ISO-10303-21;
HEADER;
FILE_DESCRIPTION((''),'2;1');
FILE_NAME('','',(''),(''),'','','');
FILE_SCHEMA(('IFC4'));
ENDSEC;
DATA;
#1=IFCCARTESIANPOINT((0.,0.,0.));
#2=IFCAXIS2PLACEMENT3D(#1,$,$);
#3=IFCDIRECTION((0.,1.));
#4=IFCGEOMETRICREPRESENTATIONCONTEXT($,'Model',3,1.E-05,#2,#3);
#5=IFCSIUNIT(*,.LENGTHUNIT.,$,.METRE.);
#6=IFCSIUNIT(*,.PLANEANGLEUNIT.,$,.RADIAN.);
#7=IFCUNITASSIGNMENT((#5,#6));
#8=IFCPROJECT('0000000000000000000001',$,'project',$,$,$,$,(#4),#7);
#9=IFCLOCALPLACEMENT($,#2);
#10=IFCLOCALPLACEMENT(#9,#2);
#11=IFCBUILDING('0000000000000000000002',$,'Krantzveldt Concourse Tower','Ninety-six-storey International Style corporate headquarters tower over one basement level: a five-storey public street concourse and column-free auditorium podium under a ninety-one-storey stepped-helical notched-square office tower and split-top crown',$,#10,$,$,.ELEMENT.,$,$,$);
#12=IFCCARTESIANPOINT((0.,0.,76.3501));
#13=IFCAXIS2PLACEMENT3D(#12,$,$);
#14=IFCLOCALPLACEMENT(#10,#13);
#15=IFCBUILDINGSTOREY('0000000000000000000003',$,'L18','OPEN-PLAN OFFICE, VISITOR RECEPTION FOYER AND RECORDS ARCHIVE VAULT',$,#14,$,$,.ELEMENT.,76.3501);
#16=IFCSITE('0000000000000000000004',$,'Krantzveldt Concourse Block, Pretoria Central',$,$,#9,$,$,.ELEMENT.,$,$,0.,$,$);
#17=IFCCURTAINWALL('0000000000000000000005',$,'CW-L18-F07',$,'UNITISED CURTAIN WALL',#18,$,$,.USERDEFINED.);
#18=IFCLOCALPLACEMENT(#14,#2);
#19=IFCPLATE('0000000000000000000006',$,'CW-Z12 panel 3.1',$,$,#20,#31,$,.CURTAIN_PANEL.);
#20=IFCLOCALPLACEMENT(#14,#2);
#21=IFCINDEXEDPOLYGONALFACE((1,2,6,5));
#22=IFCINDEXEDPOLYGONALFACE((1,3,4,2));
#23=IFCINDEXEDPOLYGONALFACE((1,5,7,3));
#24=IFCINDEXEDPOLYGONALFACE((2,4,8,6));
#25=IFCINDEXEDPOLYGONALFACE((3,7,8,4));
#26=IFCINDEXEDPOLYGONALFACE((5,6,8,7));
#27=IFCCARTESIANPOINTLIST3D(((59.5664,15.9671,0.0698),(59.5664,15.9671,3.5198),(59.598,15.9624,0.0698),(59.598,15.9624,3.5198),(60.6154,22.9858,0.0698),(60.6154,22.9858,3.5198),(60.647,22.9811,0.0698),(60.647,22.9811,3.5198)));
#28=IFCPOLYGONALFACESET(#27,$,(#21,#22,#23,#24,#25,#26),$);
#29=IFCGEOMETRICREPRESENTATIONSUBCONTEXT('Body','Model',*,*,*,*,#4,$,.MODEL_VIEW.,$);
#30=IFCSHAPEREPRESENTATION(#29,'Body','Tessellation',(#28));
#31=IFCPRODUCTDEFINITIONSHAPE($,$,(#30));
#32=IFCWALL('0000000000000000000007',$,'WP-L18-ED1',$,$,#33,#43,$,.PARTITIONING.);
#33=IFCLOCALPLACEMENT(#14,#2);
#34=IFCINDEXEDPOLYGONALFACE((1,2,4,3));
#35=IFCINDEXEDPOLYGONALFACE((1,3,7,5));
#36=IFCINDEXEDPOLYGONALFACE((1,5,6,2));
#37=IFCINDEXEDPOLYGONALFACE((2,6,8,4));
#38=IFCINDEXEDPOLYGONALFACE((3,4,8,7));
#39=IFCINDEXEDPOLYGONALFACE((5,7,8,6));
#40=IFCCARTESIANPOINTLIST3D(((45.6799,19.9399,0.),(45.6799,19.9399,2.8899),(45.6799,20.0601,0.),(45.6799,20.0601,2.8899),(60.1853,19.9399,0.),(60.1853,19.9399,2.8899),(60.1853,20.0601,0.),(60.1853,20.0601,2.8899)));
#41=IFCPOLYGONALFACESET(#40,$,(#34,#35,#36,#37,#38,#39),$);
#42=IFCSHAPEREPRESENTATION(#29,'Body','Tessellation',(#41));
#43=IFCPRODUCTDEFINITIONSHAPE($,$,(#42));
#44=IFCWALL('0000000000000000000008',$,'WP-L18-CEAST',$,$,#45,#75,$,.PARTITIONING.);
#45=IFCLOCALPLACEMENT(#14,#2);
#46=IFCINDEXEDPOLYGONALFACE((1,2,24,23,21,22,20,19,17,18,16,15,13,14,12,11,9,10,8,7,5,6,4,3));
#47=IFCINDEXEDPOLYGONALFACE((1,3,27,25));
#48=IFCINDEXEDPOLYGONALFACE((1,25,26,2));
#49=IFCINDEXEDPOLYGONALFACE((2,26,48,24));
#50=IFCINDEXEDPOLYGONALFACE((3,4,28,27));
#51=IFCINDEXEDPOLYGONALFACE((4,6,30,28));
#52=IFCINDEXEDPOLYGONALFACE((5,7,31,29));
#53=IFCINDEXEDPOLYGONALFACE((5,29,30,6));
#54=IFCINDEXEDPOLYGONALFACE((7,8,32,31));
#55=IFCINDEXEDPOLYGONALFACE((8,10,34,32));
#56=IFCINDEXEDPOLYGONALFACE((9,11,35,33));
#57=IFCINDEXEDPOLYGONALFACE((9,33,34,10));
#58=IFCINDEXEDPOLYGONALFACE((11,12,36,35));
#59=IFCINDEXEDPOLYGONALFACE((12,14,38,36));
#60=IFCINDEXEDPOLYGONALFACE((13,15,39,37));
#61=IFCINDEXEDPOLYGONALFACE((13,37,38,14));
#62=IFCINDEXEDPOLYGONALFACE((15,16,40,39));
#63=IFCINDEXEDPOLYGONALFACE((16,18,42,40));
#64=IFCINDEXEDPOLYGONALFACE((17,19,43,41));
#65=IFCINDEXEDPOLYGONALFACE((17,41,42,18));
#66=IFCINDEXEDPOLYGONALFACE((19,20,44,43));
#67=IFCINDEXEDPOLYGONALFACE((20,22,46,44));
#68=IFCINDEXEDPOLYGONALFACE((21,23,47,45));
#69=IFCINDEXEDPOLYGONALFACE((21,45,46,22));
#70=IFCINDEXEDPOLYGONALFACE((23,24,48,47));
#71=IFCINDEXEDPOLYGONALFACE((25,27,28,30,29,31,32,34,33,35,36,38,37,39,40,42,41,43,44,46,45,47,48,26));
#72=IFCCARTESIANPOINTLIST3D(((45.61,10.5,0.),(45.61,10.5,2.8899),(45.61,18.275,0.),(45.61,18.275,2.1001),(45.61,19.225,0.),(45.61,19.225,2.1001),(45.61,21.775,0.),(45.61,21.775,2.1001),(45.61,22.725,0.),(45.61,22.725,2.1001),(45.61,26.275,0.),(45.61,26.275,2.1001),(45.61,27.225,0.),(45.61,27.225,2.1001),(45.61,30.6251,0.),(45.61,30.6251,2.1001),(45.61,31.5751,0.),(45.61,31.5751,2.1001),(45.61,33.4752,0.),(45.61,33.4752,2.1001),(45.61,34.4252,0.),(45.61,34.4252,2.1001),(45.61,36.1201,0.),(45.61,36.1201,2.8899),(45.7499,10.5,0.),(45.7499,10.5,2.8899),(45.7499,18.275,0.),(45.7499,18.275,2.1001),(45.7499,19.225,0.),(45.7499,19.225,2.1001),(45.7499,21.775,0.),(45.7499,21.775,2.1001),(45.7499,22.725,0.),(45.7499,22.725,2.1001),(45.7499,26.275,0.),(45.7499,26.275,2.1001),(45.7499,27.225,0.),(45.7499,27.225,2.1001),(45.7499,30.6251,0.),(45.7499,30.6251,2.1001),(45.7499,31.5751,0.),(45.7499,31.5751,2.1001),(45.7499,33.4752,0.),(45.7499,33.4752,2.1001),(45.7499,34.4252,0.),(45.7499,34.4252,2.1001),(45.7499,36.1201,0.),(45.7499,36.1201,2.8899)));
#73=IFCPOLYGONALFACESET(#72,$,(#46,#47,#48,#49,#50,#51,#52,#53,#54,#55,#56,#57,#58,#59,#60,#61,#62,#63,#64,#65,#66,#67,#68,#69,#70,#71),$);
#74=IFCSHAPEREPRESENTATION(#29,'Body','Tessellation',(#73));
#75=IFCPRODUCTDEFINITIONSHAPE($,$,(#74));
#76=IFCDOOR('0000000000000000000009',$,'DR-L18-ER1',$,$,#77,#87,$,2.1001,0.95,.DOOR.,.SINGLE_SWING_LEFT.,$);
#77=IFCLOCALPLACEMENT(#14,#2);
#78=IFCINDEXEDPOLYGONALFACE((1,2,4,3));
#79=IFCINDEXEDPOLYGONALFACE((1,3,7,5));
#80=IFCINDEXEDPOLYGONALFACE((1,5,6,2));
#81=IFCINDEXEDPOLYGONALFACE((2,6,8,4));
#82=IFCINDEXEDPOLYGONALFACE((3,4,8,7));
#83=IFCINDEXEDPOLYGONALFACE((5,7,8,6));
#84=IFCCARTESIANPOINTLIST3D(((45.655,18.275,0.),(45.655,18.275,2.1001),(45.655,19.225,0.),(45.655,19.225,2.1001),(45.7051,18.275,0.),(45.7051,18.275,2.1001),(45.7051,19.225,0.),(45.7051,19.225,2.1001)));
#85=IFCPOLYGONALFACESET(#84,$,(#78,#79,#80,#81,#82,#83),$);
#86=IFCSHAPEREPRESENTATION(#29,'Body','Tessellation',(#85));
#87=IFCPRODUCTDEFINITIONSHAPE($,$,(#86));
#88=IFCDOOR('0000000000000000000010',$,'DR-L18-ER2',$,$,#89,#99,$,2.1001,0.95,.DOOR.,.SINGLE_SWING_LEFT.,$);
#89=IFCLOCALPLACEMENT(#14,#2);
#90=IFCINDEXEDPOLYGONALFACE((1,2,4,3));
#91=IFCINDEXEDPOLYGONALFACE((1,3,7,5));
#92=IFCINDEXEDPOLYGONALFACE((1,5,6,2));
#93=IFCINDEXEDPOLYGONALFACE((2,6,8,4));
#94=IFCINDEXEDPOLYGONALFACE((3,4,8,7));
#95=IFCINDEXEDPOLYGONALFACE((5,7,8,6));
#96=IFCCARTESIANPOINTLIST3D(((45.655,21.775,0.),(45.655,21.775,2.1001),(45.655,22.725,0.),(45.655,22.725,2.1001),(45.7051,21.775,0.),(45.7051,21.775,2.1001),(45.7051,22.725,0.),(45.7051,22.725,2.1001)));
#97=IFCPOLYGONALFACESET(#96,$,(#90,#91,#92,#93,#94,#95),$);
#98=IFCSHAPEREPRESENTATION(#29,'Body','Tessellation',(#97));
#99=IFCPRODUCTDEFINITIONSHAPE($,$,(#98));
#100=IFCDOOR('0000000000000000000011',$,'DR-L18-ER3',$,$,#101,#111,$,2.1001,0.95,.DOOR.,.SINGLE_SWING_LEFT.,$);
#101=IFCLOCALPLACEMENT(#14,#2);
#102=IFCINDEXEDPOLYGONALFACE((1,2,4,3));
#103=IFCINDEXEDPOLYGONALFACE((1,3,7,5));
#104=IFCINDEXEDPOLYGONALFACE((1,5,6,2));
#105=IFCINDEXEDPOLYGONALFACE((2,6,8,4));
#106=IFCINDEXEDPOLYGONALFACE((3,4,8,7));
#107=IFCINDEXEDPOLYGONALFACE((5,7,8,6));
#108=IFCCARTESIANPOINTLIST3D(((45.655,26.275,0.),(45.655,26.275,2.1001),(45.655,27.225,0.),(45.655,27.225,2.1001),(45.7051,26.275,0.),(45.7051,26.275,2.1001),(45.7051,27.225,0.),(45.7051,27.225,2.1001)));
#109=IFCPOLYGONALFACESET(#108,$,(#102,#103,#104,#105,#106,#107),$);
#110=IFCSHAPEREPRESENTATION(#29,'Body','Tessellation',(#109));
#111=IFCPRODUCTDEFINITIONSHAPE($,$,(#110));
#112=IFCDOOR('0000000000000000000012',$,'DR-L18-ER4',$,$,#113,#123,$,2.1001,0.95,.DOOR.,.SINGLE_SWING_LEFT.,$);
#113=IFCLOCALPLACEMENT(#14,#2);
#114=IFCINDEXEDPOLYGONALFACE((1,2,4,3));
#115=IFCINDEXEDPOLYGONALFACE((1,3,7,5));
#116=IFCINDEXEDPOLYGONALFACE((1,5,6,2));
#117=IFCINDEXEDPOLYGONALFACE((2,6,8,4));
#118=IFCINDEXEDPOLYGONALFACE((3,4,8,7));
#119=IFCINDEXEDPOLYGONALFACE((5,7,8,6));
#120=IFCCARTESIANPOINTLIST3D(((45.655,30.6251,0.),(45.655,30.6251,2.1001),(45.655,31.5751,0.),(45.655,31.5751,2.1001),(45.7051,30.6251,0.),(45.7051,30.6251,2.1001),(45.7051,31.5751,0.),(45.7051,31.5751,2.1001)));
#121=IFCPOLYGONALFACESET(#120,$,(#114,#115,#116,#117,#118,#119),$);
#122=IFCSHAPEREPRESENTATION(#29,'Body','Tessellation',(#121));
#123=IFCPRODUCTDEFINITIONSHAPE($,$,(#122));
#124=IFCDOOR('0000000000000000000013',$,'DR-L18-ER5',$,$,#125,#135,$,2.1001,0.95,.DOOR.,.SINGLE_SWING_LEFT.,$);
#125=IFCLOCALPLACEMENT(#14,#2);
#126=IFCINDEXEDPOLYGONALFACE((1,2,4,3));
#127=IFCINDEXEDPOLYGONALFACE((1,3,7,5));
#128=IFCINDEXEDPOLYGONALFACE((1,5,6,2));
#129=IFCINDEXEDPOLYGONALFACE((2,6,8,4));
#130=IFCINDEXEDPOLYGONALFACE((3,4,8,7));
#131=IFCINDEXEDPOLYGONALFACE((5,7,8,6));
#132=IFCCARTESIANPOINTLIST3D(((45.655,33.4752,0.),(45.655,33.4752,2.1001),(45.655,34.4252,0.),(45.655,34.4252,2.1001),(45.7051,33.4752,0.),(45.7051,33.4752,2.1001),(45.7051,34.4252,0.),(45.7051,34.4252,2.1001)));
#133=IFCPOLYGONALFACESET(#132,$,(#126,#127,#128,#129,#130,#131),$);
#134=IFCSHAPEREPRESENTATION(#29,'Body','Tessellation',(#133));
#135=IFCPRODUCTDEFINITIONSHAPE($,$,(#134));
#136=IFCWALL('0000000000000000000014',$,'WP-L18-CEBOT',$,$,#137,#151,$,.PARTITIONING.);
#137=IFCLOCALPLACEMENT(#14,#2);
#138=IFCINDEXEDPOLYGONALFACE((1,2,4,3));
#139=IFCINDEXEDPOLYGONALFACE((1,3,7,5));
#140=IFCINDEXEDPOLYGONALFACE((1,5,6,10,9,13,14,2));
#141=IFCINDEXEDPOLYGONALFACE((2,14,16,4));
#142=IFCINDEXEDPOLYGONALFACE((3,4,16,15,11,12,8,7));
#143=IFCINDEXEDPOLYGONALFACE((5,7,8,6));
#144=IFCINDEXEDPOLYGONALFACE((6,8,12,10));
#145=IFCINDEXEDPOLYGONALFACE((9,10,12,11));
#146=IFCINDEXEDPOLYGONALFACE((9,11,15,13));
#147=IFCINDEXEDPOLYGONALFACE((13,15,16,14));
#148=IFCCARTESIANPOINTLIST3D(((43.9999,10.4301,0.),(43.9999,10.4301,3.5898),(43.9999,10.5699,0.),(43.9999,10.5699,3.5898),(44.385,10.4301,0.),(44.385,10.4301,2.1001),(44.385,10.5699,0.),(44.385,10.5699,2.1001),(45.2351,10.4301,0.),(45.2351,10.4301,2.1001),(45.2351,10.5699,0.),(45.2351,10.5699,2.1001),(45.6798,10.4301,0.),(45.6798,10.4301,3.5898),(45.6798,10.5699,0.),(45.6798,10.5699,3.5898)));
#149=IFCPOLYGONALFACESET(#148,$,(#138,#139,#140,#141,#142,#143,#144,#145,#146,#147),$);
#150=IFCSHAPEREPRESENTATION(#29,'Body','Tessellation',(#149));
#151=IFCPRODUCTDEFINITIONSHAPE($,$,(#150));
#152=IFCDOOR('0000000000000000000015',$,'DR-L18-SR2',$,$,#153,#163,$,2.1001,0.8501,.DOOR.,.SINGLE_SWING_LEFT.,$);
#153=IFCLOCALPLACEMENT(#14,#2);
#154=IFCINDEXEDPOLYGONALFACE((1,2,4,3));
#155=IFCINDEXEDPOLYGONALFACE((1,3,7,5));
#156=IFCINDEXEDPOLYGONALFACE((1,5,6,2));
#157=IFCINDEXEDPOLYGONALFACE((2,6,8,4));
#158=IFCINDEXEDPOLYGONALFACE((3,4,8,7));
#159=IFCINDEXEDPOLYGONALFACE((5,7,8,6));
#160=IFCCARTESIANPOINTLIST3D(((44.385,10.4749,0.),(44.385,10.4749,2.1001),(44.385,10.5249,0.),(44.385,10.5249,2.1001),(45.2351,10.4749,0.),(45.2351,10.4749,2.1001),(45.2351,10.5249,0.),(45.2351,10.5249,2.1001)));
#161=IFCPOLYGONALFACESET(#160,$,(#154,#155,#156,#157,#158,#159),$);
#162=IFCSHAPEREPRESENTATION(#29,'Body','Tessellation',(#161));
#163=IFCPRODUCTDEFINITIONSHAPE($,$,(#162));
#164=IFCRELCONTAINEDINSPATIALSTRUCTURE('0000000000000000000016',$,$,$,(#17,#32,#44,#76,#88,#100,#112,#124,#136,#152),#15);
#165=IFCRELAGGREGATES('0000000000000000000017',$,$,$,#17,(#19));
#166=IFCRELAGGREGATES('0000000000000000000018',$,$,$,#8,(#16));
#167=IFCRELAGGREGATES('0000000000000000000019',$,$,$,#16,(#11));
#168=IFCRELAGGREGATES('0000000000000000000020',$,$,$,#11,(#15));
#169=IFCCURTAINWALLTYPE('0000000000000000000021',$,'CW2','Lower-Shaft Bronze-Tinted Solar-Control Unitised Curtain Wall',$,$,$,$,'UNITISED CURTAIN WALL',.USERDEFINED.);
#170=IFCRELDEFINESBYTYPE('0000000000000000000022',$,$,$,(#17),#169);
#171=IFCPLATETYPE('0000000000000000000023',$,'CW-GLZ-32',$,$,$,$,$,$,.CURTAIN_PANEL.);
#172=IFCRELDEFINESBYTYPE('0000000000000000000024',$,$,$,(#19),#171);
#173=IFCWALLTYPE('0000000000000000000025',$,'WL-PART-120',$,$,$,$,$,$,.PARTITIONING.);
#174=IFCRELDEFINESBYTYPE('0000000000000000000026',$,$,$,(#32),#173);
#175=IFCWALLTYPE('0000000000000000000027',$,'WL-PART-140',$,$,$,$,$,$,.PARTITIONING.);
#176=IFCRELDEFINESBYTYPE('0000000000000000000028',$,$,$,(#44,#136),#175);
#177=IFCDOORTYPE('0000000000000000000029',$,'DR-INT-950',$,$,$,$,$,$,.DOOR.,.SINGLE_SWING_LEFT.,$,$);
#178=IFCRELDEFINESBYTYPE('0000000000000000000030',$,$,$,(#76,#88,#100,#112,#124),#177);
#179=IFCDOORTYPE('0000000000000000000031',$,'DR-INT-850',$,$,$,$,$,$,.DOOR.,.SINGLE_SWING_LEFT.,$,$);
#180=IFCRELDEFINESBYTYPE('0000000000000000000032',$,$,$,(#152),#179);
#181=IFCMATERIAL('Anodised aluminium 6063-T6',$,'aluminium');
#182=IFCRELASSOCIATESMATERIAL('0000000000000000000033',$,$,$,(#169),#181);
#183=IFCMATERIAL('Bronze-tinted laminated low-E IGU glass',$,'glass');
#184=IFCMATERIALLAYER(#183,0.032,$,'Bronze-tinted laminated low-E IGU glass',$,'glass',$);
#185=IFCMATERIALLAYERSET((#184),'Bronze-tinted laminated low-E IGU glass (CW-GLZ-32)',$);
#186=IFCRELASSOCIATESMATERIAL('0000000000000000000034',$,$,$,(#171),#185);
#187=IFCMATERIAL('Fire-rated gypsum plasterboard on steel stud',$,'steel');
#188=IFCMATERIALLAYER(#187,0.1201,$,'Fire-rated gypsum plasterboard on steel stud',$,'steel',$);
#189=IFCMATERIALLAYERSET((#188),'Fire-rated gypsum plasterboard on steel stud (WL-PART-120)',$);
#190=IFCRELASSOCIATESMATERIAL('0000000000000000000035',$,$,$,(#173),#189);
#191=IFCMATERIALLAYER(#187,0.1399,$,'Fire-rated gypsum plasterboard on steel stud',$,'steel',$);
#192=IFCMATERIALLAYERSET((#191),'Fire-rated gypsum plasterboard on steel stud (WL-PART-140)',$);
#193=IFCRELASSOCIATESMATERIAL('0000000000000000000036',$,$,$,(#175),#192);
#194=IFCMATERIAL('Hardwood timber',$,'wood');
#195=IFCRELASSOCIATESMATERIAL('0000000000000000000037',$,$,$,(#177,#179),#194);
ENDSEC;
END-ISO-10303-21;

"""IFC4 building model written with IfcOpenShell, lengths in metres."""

from ifc_helpers import new_model, si_unit, direction, frame, frame_2d, origin, origin_2d, place, context, subcontext, project, spatial, rectangle, extrude, source, transform, mapped, material, layer, layer_set, type_object, type_shapes, element, fill, aggregate, save


model = new_model("IFC4")

# Units and contexts
model_context = context("Model", 3, precision=1e-05, world=origin(), true_north=direction((0.0, 1.0)))
body_context = subcontext(model_context, "Body", "Model", "MODEL_VIEW")
ifc_project = project(units=[si_unit("LENGTHUNIT", "METRE"), si_unit("PLANEANGLEUNIT", "RADIAN")], contexts=[model_context])

# Site, building, storey
site_placement = place(None, origin())
site = spatial("IfcSite", under=ifc_project, at=site_placement, Name="Krantzveldt Concourse Block, Pretoria Central", CompositionType="ELEMENT", RefElevation=0.0)
building_placement = place(site_placement, origin())
building = spatial("IfcBuilding", under=site, at=building_placement, Name="Krantzveldt Concourse Tower", Description="Ninety-six-storey International Style corporate headquarters tower over one basement level: a five-storey public street concourse and column-free auditorium podium under a ninety-one-storey stepped-helical notched-square office tower and split-top crown", CompositionType="ELEMENT")
storey_placement = place(building_placement, frame((0.0, 0.0, 76.3501)))
storey = spatial("IfcBuildingStorey", under=building, at=storey_placement, Name="L18", Description="OPEN-PLAN OFFICE, VISITOR RECEPTION FOYER AND RECORDS ARCHIVE VAULT", CompositionType="ELEMENT", Elevation=76.3501)

# Curtain wall, plate
ifc_material_1 = material(Name="Anodised aluminium 6063-T6", Category="aluminium")
curtain_wall_type = type_object("IfcCurtainWallType", Name="CW2", Description="Lower-Shaft Bronze-Tinted Solar-Control Unitised Curtain Wall", ElementType="UNITISED CURTAIN WALL", PredefinedType="USERDEFINED", material=ifc_material_1)
curtain_wall_placement = place(storey_placement, origin())
curtain_wall = element("IfcCurtainWall", 1, at=curtain_wall_placement, inside=storey, type_object=curtain_wall_type, Name="CW-L18-F07", ObjectType="UNITISED CURTAIN WALL", PredefinedType="USERDEFINED")
ifc_material_2 = material(Name="Bronze-tinted laminated low-E IGU glass", Category="glass")
ifc_layer_1 = layer(ifc_material_2, 0.032, Name="Bronze-tinted laminated low-E IGU glass", Category="glass")
ifc_layer_set_1 = layer_set([ifc_layer_1], Name="Bronze-tinted laminated low-E IGU glass (CW-GLZ-32)")
plate_type = type_object("IfcPlateType", Name="CW-GLZ-32", PredefinedType="CURTAIN_PANEL", material=ifc_layer_set_1)
shared_shape_1 = source(origin(), body_context, "Body", "SweptSolid", [
    extrude(rectangle(XDim=7.0967, YDim=0.032, at=origin_2d()), origin(), (0.0, 0.0, 1.0), 3.45),
])
type_shapes(plate_type, [shared_shape_1])
plate_1_placement = place(storey_placement, frame((60.1067, 19.4741, 0.0698), z_axis=(0.0, 0.0, 1.0), x_axis=(0.14781, 0.989016, 0.0)))
plate_1 = element("IfcPlate", 2, at=plate_1_placement, type_object=plate_type, Name="CW-Z12 panel 3.1", PredefinedType="CURTAIN_PANEL", context=body_context, shape_type="MappedRepresentation", body=[
    mapped(shared_shape_1, transform((0.0, 0.0, 0.0), x_axis=(1.0, 0.0, 0.0), y_axis=(0.0, 1.0, 0.0), z_axis=(0.0, 0.0, 1.0), scale=1.0)),
])
aggregate(curtain_wall, [plate_1])

# Wall
ifc_material_3 = material(Name="Fire-rated gypsum plasterboard on steel stud", Category="steel")
ifc_layer_2 = layer(ifc_material_3, 0.1201, Name="Fire-rated gypsum plasterboard on steel stud", Category="steel")
ifc_layer_set_2 = layer_set([ifc_layer_2], Name="Fire-rated gypsum plasterboard on steel stud (WL-PART-120)")
wall_type_1 = type_object("IfcWallType", Name="WL-PART-120", PredefinedType="PARTITIONING", material=ifc_layer_set_2)
wall_1_placement = place(storey_placement, frame((45.6799, 20.0, 0.0), z_axis=(0.0, 0.0, 1.0), x_axis=(1.0, 0.0, 0.0)))
element("IfcWall", 3, at=wall_1_placement, inside=storey, type_object=wall_type_1, Name="WP-L18-ED1", PredefinedType="PARTITIONING", context=body_context, shape_type="SweptSolid", body=[
    extrude(rectangle(XDim=14.5054, YDim=0.1201, at=frame_2d((7.2527, 0.0))), origin(), (0.0, 0.0, 1.0), 2.8899),
])

# Wall, openings, doors
ifc_layer_3 = layer(ifc_material_3, 0.1399, Name="Fire-rated gypsum plasterboard on steel stud", Category="steel")
ifc_layer_set_3 = layer_set([ifc_layer_3], Name="Fire-rated gypsum plasterboard on steel stud (WL-PART-140)")
wall_type_2 = type_object("IfcWallType", Name="WL-PART-140", PredefinedType="PARTITIONING", material=ifc_layer_set_3)
wall_2_placement = place(storey_placement, frame((45.6799, 10.5, 0.0), z_axis=(0.0, 0.0, 1.0), x_axis=(0.0, 1.0, 0.0)))
wall_2 = element("IfcWall", 4, at=wall_2_placement, inside=storey, type_object=wall_type_2, Name="WP-L18-CEAST", PredefinedType="PARTITIONING", context=body_context, shape_type="SweptSolid", body=[
    extrude(rectangle(XDim=25.6201, YDim=0.1399, at=frame_2d((12.8101, 0.0))), origin(), (0.0, 0.0, 1.0), 2.8899),
])
opening_1_placement = place(wall_2_placement, frame((7.7749, 0.0, 0.0)))
opening_1 = element("IfcOpeningElement", 5, at=opening_1_placement, cuts=wall_2, PredefinedType="OPENING", context=body_context, shape_type="SweptSolid", body=[
    extrude(rectangle(XDim=0.95, YDim=2.1001, at=frame_2d((0.4751, 1.05))), frame((0.0, 0.0801, 0.0), z_axis=(0.0, -1.0, 0.0), x_axis=(1.0, 0.0, 0.0)), (0.0, 0.0, 1.0), 0.1599),
])
opening_2_placement = place(wall_2_placement, frame((11.2749, 0.0, 0.0)))
opening_2 = element("IfcOpeningElement", 6, at=opening_2_placement, cuts=wall_2, PredefinedType="OPENING", context=body_context, shape_type="SweptSolid", body=[
    extrude(rectangle(XDim=0.95, YDim=2.1001, at=frame_2d((0.4751, 1.05))), frame((0.0, 0.0801, 0.0), z_axis=(0.0, -1.0, 0.0), x_axis=(1.0, 0.0, 0.0)), (0.0, 0.0, 1.0), 0.1599),
])
opening_3_placement = place(wall_2_placement, frame((15.7749, 0.0, 0.0)))
opening_3 = element("IfcOpeningElement", 7, at=opening_3_placement, cuts=wall_2, PredefinedType="OPENING", context=body_context, shape_type="SweptSolid", body=[
    extrude(rectangle(XDim=0.95, YDim=2.1001, at=frame_2d((0.4751, 1.05))), frame((0.0, 0.0801, 0.0), z_axis=(0.0, -1.0, 0.0), x_axis=(1.0, 0.0, 0.0)), (0.0, 0.0, 1.0), 0.1599),
])
opening_4_placement = place(wall_2_placement, frame((20.125, 0.0, 0.0)))
opening_4 = element("IfcOpeningElement", 8, at=opening_4_placement, cuts=wall_2, PredefinedType="OPENING", context=body_context, shape_type="SweptSolid", body=[
    extrude(rectangle(XDim=0.95, YDim=2.1001, at=frame_2d((0.4751, 1.05))), frame((0.0, 0.0801, 0.0), z_axis=(0.0, -1.0, 0.0), x_axis=(1.0, 0.0, 0.0)), (0.0, 0.0, 1.0), 0.1599),
])
opening_5_placement = place(wall_2_placement, frame((22.9751, 0.0, 0.0)))
opening_5 = element("IfcOpeningElement", 9, at=opening_5_placement, cuts=wall_2, PredefinedType="OPENING", context=body_context, shape_type="SweptSolid", body=[
    extrude(rectangle(XDim=0.95, YDim=2.1001, at=frame_2d((0.4751, 1.05))), frame((0.0, 0.0801, 0.0), z_axis=(0.0, -1.0, 0.0), x_axis=(1.0, 0.0, 0.0)), (0.0, 0.0, 1.0), 0.1599),
])
ifc_material_4 = material(Name="Hardwood timber", Category="wood")
door_type_1 = type_object("IfcDoorType", Name="DR-INT-950", OperationType="SINGLE_SWING_LEFT", PredefinedType="DOOR", material=ifc_material_4)
door_1_placement = place(opening_1_placement, origin())
door_1 = element("IfcDoor", 10, at=door_1_placement, inside=storey, type_object=door_type_1, Name="DR-L18-ER1", OperationType="SINGLE_SWING_LEFT", OverallHeight=2.1001, OverallWidth=0.95, PredefinedType="DOOR", context=body_context, shape_type="SweptSolid", body=[
    extrude(rectangle(XDim=0.95, YDim=2.1001, at=frame_2d((0.4751, 1.05))), frame((0.0, 0.0249, 0.0), z_axis=(0.0, -1.0, 0.0), x_axis=(1.0, 0.0, 0.0)), (0.0, 0.0, 1.0), 0.05),
])
fill(opening_1, door_1)
door_2_placement = place(opening_2_placement, origin())
door_2 = element("IfcDoor", 11, at=door_2_placement, inside=storey, type_object=door_type_1, Name="DR-L18-ER2", OperationType="SINGLE_SWING_LEFT", OverallHeight=2.1001, OverallWidth=0.95, PredefinedType="DOOR", context=body_context, shape_type="SweptSolid", body=[
    extrude(rectangle(XDim=0.95, YDim=2.1001, at=frame_2d((0.4751, 1.05))), frame((0.0, 0.0249, 0.0), z_axis=(0.0, -1.0, 0.0), x_axis=(1.0, 0.0, 0.0)), (0.0, 0.0, 1.0), 0.05),
])
fill(opening_2, door_2)
door_3_placement = place(opening_3_placement, origin())
door_3 = element("IfcDoor", 12, at=door_3_placement, inside=storey, type_object=door_type_1, Name="DR-L18-ER3", OperationType="SINGLE_SWING_LEFT", OverallHeight=2.1001, OverallWidth=0.95, PredefinedType="DOOR", context=body_context, shape_type="SweptSolid", body=[
    extrude(rectangle(XDim=0.95, YDim=2.1001, at=frame_2d((0.4751, 1.05))), frame((0.0, 0.0249, 0.0), z_axis=(0.0, -1.0, 0.0), x_axis=(1.0, 0.0, 0.0)), (0.0, 0.0, 1.0), 0.05),
])
fill(opening_3, door_3)
door_4_placement = place(opening_4_placement, origin())
door_4 = element("IfcDoor", 13, at=door_4_placement, inside=storey, type_object=door_type_1, Name="DR-L18-ER4", OperationType="SINGLE_SWING_LEFT", OverallHeight=2.1001, OverallWidth=0.95, PredefinedType="DOOR", context=body_context, shape_type="SweptSolid", body=[
    extrude(rectangle(XDim=0.95, YDim=2.1001, at=frame_2d((0.4751, 1.05))), frame((0.0, 0.0249, 0.0), z_axis=(0.0, -1.0, 0.0), x_axis=(1.0, 0.0, 0.0)), (0.0, 0.0, 1.0), 0.05),
])
fill(opening_4, door_4)
door_5_placement = place(opening_5_placement, origin())
door_5 = element("IfcDoor", 14, at=door_5_placement, inside=storey, type_object=door_type_1, Name="DR-L18-ER5", OperationType="SINGLE_SWING_LEFT", OverallHeight=2.1001, OverallWidth=0.95, PredefinedType="DOOR", context=body_context, shape_type="SweptSolid", body=[
    extrude(rectangle(XDim=0.95, YDim=2.1001, at=frame_2d((0.4751, 1.05))), frame((0.0, 0.0249, 0.0), z_axis=(0.0, -1.0, 0.0), x_axis=(1.0, 0.0, 0.0)), (0.0, 0.0, 1.0), 0.05),
])
fill(opening_5, door_5)

# Wall, opening, door
wall_3_placement = place(storey_placement, frame((44.0, 10.5, 0.0), z_axis=(0.0, 0.0, 1.0), x_axis=(1.0, 0.0, 0.0)))
wall_3 = element("IfcWall", 15, at=wall_3_placement, inside=storey, type_object=wall_type_2, Name="WP-L18-CEBOT", PredefinedType="PARTITIONING", context=body_context, shape_type="SweptSolid", body=[
    extrude(rectangle(XDim=1.6799, YDim=0.1399, at=frame_2d((0.8398, 0.0))), origin(), (0.0, 0.0, 1.0), 3.5898),
])
opening_6_placement = place(wall_3_placement, frame((0.385, 0.0, 0.0)))
opening_6 = element("IfcOpeningElement", 16, at=opening_6_placement, cuts=wall_3, PredefinedType="OPENING", context=body_context, shape_type="SweptSolid", body=[
    extrude(rectangle(XDim=0.8501, YDim=2.1001, at=frame_2d((0.425, 1.05))), frame((0.0, 0.0801, 0.0), z_axis=(0.0, -1.0, 0.0), x_axis=(1.0, 0.0, 0.0)), (0.0, 0.0, 1.0), 0.1599),
])
door_type_2 = type_object("IfcDoorType", Name="DR-INT-850", OperationType="SINGLE_SWING_LEFT", PredefinedType="DOOR", material=ifc_material_4)
door_6_placement = place(opening_6_placement, origin())
door_6 = element("IfcDoor", 17, at=door_6_placement, inside=storey, type_object=door_type_2, Name="DR-L18-SR2", OperationType="SINGLE_SWING_LEFT", OverallHeight=2.1001, OverallWidth=0.8501, PredefinedType="DOOR", context=body_context, shape_type="SweptSolid", body=[
    extrude(rectangle(XDim=0.8501, YDim=2.1001, at=frame_2d((0.425, 1.05))), frame((0.0, 0.0249, 0.0), z_axis=(0.0, -1.0, 0.0), x_axis=(1.0, 0.0, 0.0)), (0.0, 0.0, 1.0), 0.05),
])
fill(opening_6, door_6)

save(model, "model.ifc")
